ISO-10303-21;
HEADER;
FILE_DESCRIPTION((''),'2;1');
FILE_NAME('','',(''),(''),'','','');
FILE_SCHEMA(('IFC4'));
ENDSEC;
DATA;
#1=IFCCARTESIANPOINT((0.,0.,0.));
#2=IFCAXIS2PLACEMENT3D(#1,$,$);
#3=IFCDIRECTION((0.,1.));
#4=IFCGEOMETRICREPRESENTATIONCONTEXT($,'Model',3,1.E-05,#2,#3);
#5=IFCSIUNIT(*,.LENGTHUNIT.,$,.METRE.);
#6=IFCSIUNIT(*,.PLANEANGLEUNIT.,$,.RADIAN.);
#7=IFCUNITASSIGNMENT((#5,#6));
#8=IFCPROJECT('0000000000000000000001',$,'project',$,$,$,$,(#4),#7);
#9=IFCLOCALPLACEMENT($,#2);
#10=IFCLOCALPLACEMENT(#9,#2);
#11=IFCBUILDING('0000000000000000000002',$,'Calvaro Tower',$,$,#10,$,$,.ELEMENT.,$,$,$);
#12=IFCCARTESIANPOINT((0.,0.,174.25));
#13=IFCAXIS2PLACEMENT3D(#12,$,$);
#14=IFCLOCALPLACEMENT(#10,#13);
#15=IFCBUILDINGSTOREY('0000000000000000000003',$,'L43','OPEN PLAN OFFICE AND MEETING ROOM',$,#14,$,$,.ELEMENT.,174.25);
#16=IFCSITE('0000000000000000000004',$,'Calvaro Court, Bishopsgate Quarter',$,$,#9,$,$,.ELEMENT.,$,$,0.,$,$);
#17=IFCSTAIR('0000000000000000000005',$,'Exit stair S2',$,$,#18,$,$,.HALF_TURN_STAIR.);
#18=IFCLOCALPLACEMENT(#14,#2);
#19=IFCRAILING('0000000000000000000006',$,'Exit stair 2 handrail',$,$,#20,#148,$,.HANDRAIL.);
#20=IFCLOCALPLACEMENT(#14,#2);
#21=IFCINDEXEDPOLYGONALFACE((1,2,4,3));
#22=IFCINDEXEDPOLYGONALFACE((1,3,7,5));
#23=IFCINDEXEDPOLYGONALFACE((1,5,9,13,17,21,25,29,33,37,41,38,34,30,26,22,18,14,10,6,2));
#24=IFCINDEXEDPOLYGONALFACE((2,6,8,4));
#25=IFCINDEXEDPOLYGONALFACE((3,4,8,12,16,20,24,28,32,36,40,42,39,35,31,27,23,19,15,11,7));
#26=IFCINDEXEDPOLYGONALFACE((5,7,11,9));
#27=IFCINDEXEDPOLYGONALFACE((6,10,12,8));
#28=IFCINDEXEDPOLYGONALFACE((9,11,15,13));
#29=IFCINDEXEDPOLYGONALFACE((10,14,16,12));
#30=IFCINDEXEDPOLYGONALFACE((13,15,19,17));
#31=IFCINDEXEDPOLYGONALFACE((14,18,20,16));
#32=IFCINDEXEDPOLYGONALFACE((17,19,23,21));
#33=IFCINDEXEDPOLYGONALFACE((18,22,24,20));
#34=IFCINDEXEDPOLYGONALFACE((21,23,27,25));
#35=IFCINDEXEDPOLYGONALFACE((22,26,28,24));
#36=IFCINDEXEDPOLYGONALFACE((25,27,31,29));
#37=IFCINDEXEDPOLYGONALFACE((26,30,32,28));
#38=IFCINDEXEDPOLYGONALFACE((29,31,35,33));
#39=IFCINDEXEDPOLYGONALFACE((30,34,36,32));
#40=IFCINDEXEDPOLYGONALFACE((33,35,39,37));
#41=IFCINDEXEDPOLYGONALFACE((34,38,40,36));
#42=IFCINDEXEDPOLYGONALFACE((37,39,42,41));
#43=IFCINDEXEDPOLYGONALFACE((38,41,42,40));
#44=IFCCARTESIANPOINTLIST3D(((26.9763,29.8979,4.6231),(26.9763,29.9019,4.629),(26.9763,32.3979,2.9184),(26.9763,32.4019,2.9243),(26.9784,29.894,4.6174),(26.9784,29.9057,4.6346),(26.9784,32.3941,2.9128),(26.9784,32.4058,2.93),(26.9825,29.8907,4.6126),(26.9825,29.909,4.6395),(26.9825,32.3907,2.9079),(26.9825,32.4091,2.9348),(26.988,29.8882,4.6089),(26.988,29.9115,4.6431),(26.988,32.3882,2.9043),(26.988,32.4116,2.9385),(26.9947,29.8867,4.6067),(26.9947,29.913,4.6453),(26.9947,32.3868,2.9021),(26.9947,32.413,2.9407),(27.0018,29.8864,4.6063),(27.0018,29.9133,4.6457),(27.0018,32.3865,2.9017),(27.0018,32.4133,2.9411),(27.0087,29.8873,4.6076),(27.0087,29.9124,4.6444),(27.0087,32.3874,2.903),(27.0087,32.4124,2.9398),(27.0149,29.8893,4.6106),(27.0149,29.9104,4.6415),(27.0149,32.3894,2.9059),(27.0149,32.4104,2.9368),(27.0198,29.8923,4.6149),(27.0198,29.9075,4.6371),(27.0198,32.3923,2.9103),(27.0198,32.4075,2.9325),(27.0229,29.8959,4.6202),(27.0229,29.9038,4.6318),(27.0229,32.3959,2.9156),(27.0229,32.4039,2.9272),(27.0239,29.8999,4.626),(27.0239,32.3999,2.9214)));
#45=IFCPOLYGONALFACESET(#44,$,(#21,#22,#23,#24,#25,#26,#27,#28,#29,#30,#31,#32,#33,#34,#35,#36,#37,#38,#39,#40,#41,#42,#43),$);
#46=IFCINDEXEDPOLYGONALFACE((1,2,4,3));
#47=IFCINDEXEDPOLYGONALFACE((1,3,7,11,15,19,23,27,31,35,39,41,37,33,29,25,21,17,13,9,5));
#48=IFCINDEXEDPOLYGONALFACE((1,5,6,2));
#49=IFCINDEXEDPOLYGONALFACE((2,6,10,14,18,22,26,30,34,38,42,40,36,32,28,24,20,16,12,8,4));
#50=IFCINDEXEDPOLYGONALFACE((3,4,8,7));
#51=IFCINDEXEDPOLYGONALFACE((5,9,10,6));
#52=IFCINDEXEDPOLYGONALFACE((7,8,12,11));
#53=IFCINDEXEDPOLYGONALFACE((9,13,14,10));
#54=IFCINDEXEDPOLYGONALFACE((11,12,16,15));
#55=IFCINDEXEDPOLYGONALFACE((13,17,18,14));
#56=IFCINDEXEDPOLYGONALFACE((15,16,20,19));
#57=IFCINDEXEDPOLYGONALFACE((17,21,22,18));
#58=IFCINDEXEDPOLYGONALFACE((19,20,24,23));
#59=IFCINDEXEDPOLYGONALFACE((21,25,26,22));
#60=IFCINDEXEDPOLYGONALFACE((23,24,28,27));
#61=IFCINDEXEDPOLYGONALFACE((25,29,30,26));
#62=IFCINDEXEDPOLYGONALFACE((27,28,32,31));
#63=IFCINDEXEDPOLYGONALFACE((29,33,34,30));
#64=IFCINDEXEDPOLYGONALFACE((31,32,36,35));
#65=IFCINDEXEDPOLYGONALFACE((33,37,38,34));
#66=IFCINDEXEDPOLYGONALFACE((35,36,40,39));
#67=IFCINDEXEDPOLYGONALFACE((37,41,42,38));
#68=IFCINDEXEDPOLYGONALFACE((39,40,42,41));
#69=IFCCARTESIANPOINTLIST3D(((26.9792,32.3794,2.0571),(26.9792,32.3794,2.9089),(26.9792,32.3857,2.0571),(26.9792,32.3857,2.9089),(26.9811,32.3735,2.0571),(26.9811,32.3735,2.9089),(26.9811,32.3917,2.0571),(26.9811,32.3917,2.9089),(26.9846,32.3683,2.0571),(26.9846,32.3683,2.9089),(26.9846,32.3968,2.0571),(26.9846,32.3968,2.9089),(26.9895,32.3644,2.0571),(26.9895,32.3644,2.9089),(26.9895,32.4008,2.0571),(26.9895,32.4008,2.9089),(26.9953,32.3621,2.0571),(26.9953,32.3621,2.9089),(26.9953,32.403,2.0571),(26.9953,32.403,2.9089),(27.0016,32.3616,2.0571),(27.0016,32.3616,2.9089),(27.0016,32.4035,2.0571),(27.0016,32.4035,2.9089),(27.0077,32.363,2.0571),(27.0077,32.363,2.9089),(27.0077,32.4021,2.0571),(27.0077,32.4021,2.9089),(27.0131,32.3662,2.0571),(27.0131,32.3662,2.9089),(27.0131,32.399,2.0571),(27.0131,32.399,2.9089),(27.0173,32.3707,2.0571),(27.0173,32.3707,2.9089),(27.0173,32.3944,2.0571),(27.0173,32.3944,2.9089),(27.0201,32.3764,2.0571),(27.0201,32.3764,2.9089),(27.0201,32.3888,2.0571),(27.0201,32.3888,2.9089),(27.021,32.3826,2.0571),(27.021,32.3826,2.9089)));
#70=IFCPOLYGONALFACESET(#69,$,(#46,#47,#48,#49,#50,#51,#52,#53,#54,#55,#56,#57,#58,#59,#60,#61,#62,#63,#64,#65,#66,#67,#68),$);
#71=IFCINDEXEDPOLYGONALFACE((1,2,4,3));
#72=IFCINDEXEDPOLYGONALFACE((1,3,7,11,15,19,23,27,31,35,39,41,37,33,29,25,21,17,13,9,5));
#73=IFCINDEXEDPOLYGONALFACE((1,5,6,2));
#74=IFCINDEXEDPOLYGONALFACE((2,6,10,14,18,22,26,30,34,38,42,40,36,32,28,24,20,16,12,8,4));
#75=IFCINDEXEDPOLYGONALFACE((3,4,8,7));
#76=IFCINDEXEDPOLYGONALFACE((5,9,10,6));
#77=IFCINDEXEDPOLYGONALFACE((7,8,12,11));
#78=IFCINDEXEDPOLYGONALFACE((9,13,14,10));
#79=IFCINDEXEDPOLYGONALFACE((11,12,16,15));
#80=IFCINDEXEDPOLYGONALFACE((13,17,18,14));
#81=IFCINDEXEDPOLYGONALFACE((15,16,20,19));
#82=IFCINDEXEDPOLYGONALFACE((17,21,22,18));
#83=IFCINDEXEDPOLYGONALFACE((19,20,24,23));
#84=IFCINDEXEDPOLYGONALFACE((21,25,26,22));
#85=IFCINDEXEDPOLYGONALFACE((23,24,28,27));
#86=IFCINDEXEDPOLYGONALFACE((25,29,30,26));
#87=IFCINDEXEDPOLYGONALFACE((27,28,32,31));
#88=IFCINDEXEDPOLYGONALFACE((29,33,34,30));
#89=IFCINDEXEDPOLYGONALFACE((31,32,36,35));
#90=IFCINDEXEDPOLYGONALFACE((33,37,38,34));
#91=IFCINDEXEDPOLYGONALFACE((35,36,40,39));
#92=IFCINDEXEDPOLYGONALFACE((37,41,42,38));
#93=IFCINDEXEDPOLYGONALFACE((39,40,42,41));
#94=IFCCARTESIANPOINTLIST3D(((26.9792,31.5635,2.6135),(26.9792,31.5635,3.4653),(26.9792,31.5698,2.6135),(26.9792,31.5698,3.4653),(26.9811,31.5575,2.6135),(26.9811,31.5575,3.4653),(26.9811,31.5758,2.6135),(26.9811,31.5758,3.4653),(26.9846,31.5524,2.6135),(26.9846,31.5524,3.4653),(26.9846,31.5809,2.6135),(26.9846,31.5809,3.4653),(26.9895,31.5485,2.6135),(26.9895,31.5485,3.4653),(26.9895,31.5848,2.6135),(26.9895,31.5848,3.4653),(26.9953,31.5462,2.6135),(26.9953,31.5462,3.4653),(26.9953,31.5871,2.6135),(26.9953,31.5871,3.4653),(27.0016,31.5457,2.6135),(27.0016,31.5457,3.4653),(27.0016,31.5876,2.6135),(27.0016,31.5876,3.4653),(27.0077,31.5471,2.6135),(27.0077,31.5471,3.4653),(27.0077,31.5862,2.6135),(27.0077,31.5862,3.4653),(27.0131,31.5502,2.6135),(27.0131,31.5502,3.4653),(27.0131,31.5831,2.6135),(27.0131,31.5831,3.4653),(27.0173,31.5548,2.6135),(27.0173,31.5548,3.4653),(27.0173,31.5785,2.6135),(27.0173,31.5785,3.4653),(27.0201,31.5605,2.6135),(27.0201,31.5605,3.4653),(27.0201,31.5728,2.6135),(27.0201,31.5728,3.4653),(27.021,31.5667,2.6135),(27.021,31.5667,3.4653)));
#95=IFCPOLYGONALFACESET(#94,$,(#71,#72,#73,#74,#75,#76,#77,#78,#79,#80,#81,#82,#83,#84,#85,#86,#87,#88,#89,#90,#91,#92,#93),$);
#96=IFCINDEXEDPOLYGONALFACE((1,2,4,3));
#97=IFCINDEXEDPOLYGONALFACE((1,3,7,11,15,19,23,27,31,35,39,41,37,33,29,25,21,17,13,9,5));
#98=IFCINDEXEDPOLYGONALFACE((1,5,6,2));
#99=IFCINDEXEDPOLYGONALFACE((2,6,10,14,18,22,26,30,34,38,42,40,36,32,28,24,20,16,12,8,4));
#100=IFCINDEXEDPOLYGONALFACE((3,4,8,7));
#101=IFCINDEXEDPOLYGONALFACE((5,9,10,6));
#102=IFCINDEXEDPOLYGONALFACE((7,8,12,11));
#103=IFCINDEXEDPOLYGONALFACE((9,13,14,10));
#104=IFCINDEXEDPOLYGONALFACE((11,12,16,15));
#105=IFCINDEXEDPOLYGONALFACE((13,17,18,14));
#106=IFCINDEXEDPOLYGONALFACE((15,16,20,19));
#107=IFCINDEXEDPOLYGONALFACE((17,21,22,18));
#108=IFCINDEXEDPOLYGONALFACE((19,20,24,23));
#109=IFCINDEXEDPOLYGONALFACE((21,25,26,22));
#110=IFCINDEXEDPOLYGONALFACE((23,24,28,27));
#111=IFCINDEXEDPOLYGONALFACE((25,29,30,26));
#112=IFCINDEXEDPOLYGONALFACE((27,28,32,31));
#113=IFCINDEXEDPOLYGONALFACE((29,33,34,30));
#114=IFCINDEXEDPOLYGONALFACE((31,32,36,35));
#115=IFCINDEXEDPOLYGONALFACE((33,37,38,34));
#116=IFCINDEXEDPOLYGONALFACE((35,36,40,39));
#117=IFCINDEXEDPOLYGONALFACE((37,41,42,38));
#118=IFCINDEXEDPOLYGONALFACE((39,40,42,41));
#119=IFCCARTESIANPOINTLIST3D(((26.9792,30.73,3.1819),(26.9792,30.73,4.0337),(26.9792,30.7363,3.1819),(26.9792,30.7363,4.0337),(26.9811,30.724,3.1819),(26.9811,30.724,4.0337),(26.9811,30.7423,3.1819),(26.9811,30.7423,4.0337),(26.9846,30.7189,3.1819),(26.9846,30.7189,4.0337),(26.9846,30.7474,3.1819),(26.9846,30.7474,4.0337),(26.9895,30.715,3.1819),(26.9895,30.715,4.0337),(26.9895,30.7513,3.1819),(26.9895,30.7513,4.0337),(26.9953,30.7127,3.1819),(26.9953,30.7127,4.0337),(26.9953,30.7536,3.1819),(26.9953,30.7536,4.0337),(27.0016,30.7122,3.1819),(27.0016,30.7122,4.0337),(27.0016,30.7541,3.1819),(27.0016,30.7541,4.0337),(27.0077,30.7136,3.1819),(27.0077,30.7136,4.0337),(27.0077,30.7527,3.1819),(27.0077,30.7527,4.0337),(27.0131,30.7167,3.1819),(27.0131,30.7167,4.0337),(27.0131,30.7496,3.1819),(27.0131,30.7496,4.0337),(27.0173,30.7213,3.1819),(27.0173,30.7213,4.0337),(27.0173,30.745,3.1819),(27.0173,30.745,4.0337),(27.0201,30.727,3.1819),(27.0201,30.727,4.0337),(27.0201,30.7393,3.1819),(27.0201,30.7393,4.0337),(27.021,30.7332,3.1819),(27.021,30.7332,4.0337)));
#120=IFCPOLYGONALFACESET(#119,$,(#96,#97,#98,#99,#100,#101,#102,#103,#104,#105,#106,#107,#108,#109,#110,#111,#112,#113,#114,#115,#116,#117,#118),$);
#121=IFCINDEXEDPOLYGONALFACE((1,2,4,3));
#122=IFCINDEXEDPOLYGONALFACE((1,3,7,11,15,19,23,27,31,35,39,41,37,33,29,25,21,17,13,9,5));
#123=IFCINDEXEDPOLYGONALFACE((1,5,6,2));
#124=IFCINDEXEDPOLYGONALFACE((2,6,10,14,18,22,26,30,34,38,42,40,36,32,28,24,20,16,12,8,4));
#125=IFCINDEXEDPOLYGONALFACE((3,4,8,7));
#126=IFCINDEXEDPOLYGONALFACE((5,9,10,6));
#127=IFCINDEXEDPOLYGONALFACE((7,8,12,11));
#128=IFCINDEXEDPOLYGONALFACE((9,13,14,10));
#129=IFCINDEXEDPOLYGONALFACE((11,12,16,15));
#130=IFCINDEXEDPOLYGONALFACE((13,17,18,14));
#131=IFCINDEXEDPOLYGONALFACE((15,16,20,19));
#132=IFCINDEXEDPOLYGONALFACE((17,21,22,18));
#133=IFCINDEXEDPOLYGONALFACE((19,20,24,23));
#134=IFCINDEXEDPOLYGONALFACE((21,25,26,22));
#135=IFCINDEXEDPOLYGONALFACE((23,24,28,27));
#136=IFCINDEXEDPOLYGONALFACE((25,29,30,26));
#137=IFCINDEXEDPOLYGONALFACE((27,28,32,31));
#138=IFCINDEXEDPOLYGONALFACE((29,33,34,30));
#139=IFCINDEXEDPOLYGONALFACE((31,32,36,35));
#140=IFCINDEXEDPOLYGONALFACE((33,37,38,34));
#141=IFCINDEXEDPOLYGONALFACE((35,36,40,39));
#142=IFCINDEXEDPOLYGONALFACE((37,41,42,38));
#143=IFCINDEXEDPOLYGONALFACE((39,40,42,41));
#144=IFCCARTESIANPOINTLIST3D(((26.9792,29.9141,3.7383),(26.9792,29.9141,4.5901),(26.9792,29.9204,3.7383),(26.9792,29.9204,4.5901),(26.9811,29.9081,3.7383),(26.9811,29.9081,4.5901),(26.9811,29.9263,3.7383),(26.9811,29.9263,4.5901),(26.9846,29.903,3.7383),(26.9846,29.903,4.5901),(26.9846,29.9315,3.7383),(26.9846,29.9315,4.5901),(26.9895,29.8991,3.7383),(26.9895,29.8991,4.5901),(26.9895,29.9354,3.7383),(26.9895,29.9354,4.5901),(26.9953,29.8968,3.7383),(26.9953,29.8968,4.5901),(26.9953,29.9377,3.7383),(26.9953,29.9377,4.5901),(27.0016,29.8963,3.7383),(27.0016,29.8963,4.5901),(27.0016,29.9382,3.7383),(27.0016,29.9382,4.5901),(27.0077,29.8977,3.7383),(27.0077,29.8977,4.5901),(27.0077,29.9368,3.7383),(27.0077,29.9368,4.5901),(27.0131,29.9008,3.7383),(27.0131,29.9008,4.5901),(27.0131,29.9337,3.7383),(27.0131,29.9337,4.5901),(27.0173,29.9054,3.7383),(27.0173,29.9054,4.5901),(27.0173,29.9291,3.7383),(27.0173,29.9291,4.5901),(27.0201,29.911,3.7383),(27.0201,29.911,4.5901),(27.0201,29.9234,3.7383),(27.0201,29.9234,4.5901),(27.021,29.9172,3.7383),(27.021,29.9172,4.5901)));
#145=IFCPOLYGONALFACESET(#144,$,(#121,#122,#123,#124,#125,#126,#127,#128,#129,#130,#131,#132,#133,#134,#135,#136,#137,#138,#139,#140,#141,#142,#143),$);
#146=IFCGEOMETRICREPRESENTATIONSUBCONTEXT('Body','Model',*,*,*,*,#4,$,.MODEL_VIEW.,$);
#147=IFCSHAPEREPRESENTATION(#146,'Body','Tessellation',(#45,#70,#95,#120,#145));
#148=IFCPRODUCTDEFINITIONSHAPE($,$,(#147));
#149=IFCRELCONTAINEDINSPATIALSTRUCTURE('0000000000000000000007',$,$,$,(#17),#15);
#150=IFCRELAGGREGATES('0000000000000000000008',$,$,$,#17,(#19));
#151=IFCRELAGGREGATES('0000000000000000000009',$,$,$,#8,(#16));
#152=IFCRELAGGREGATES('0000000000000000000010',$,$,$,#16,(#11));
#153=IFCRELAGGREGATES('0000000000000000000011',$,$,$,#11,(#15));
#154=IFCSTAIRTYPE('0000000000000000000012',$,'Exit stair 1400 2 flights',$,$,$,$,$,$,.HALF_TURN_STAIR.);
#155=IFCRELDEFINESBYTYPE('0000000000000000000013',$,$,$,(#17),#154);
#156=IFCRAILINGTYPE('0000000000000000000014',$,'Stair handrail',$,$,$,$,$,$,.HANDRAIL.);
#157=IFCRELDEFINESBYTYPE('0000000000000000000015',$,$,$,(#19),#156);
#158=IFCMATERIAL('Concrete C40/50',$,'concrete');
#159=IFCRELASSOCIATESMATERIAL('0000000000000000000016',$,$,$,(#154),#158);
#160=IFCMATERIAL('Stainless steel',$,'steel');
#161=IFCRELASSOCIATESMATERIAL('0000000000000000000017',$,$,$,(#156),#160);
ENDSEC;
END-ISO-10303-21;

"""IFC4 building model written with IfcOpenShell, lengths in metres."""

from ifc_helpers import new_model, si_unit, direction, frame, origin, origin_2d, place, context, subcontext, project, spatial, circle, extrude, material, type_object, element, aggregate, save


model = new_model("IFC4")

# Units and contexts
model_context = context("Model", 3, precision=1e-05, world=origin(), true_north=direction((0.0, 1.0)))
body_context = subcontext(model_context, "Body", "Model", "MODEL_VIEW")
ifc_project = project(units=[si_unit("LENGTHUNIT", "METRE"), si_unit("PLANEANGLEUNIT", "RADIAN")], contexts=[model_context])

# Site, building, storey
site_placement = place(None, origin())
site = spatial("IfcSite", under=ifc_project, at=site_placement, Name="Calvaro Court, Bishopsgate Quarter", CompositionType="ELEMENT", RefElevation=0.0)
building_placement = place(site_placement, origin())
building = spatial("IfcBuilding", under=site, at=building_placement, Name="Calvaro Tower", CompositionType="ELEMENT")
storey_placement = place(building_placement, frame((0.0, 0.0, 174.25)))
storey = spatial("IfcBuildingStorey", under=building, at=storey_placement, Name="L43", Description="OPEN PLAN OFFICE AND MEETING ROOM", CompositionType="ELEMENT", Elevation=174.25)

# Stair, railing
ifc_material_1 = material(Name="Concrete C40/50", Category="concrete")
stair_type = type_object("IfcStairType", Name="Exit stair 1400 2 flights", PredefinedType="HALF_TURN_STAIR", material=ifc_material_1)
stair_placement = place(storey_placement, origin())
stair = element("IfcStair", 1, at=stair_placement, inside=storey, type_object=stair_type, Name="Exit stair S2", PredefinedType="HALF_TURN_STAIR")
ifc_material_2 = material(Name="Stainless steel", Category="steel")
railing_type = type_object("IfcRailingType", Name="Stair handrail", PredefinedType="HANDRAIL", material=ifc_material_2)
railing_1_placement = place(storey_placement, frame((27.0, 32.3999, 2.0454)))
railing_1 = element("IfcRailing", 2, at=railing_1_placement, type_object=railing_type, Name="Exit stair 2 handrail", PredefinedType="HANDRAIL", context=body_context, shape_type="SweptSolid", body=[
    extrude(circle(Radius=0.0239, at=origin_2d()), frame((0.0, 0.0, 0.876), z_axis=(0.0, -0.826221, 0.563347), x_axis=(1.0, 0.0, 0.0)), (0.0, 0.0, 1.0), 3.0259),
    extrude(circle(Radius=0.021, at=origin_2d()), frame((0.0, -0.0173, 0.0117)), (0.0, 0.0, 1.0), 0.8518),
    extrude(circle(Radius=0.021, at=origin_2d()), frame((0.0, -0.8333, 0.5681)), (0.0, 0.0, 1.0), 0.8518),
    extrude(circle(Radius=0.021, at=origin_2d()), frame((0.0, -1.6667, 1.1365)), (0.0, 0.0, 1.0), 0.8518),
    extrude(circle(Radius=0.021, at=origin_2d()), frame((0.0, -2.4827, 1.6929)), (0.0, 0.0, 1.0), 0.8518),
])
aggregate(stair, [railing_1])

save(model, "model.ifc")
